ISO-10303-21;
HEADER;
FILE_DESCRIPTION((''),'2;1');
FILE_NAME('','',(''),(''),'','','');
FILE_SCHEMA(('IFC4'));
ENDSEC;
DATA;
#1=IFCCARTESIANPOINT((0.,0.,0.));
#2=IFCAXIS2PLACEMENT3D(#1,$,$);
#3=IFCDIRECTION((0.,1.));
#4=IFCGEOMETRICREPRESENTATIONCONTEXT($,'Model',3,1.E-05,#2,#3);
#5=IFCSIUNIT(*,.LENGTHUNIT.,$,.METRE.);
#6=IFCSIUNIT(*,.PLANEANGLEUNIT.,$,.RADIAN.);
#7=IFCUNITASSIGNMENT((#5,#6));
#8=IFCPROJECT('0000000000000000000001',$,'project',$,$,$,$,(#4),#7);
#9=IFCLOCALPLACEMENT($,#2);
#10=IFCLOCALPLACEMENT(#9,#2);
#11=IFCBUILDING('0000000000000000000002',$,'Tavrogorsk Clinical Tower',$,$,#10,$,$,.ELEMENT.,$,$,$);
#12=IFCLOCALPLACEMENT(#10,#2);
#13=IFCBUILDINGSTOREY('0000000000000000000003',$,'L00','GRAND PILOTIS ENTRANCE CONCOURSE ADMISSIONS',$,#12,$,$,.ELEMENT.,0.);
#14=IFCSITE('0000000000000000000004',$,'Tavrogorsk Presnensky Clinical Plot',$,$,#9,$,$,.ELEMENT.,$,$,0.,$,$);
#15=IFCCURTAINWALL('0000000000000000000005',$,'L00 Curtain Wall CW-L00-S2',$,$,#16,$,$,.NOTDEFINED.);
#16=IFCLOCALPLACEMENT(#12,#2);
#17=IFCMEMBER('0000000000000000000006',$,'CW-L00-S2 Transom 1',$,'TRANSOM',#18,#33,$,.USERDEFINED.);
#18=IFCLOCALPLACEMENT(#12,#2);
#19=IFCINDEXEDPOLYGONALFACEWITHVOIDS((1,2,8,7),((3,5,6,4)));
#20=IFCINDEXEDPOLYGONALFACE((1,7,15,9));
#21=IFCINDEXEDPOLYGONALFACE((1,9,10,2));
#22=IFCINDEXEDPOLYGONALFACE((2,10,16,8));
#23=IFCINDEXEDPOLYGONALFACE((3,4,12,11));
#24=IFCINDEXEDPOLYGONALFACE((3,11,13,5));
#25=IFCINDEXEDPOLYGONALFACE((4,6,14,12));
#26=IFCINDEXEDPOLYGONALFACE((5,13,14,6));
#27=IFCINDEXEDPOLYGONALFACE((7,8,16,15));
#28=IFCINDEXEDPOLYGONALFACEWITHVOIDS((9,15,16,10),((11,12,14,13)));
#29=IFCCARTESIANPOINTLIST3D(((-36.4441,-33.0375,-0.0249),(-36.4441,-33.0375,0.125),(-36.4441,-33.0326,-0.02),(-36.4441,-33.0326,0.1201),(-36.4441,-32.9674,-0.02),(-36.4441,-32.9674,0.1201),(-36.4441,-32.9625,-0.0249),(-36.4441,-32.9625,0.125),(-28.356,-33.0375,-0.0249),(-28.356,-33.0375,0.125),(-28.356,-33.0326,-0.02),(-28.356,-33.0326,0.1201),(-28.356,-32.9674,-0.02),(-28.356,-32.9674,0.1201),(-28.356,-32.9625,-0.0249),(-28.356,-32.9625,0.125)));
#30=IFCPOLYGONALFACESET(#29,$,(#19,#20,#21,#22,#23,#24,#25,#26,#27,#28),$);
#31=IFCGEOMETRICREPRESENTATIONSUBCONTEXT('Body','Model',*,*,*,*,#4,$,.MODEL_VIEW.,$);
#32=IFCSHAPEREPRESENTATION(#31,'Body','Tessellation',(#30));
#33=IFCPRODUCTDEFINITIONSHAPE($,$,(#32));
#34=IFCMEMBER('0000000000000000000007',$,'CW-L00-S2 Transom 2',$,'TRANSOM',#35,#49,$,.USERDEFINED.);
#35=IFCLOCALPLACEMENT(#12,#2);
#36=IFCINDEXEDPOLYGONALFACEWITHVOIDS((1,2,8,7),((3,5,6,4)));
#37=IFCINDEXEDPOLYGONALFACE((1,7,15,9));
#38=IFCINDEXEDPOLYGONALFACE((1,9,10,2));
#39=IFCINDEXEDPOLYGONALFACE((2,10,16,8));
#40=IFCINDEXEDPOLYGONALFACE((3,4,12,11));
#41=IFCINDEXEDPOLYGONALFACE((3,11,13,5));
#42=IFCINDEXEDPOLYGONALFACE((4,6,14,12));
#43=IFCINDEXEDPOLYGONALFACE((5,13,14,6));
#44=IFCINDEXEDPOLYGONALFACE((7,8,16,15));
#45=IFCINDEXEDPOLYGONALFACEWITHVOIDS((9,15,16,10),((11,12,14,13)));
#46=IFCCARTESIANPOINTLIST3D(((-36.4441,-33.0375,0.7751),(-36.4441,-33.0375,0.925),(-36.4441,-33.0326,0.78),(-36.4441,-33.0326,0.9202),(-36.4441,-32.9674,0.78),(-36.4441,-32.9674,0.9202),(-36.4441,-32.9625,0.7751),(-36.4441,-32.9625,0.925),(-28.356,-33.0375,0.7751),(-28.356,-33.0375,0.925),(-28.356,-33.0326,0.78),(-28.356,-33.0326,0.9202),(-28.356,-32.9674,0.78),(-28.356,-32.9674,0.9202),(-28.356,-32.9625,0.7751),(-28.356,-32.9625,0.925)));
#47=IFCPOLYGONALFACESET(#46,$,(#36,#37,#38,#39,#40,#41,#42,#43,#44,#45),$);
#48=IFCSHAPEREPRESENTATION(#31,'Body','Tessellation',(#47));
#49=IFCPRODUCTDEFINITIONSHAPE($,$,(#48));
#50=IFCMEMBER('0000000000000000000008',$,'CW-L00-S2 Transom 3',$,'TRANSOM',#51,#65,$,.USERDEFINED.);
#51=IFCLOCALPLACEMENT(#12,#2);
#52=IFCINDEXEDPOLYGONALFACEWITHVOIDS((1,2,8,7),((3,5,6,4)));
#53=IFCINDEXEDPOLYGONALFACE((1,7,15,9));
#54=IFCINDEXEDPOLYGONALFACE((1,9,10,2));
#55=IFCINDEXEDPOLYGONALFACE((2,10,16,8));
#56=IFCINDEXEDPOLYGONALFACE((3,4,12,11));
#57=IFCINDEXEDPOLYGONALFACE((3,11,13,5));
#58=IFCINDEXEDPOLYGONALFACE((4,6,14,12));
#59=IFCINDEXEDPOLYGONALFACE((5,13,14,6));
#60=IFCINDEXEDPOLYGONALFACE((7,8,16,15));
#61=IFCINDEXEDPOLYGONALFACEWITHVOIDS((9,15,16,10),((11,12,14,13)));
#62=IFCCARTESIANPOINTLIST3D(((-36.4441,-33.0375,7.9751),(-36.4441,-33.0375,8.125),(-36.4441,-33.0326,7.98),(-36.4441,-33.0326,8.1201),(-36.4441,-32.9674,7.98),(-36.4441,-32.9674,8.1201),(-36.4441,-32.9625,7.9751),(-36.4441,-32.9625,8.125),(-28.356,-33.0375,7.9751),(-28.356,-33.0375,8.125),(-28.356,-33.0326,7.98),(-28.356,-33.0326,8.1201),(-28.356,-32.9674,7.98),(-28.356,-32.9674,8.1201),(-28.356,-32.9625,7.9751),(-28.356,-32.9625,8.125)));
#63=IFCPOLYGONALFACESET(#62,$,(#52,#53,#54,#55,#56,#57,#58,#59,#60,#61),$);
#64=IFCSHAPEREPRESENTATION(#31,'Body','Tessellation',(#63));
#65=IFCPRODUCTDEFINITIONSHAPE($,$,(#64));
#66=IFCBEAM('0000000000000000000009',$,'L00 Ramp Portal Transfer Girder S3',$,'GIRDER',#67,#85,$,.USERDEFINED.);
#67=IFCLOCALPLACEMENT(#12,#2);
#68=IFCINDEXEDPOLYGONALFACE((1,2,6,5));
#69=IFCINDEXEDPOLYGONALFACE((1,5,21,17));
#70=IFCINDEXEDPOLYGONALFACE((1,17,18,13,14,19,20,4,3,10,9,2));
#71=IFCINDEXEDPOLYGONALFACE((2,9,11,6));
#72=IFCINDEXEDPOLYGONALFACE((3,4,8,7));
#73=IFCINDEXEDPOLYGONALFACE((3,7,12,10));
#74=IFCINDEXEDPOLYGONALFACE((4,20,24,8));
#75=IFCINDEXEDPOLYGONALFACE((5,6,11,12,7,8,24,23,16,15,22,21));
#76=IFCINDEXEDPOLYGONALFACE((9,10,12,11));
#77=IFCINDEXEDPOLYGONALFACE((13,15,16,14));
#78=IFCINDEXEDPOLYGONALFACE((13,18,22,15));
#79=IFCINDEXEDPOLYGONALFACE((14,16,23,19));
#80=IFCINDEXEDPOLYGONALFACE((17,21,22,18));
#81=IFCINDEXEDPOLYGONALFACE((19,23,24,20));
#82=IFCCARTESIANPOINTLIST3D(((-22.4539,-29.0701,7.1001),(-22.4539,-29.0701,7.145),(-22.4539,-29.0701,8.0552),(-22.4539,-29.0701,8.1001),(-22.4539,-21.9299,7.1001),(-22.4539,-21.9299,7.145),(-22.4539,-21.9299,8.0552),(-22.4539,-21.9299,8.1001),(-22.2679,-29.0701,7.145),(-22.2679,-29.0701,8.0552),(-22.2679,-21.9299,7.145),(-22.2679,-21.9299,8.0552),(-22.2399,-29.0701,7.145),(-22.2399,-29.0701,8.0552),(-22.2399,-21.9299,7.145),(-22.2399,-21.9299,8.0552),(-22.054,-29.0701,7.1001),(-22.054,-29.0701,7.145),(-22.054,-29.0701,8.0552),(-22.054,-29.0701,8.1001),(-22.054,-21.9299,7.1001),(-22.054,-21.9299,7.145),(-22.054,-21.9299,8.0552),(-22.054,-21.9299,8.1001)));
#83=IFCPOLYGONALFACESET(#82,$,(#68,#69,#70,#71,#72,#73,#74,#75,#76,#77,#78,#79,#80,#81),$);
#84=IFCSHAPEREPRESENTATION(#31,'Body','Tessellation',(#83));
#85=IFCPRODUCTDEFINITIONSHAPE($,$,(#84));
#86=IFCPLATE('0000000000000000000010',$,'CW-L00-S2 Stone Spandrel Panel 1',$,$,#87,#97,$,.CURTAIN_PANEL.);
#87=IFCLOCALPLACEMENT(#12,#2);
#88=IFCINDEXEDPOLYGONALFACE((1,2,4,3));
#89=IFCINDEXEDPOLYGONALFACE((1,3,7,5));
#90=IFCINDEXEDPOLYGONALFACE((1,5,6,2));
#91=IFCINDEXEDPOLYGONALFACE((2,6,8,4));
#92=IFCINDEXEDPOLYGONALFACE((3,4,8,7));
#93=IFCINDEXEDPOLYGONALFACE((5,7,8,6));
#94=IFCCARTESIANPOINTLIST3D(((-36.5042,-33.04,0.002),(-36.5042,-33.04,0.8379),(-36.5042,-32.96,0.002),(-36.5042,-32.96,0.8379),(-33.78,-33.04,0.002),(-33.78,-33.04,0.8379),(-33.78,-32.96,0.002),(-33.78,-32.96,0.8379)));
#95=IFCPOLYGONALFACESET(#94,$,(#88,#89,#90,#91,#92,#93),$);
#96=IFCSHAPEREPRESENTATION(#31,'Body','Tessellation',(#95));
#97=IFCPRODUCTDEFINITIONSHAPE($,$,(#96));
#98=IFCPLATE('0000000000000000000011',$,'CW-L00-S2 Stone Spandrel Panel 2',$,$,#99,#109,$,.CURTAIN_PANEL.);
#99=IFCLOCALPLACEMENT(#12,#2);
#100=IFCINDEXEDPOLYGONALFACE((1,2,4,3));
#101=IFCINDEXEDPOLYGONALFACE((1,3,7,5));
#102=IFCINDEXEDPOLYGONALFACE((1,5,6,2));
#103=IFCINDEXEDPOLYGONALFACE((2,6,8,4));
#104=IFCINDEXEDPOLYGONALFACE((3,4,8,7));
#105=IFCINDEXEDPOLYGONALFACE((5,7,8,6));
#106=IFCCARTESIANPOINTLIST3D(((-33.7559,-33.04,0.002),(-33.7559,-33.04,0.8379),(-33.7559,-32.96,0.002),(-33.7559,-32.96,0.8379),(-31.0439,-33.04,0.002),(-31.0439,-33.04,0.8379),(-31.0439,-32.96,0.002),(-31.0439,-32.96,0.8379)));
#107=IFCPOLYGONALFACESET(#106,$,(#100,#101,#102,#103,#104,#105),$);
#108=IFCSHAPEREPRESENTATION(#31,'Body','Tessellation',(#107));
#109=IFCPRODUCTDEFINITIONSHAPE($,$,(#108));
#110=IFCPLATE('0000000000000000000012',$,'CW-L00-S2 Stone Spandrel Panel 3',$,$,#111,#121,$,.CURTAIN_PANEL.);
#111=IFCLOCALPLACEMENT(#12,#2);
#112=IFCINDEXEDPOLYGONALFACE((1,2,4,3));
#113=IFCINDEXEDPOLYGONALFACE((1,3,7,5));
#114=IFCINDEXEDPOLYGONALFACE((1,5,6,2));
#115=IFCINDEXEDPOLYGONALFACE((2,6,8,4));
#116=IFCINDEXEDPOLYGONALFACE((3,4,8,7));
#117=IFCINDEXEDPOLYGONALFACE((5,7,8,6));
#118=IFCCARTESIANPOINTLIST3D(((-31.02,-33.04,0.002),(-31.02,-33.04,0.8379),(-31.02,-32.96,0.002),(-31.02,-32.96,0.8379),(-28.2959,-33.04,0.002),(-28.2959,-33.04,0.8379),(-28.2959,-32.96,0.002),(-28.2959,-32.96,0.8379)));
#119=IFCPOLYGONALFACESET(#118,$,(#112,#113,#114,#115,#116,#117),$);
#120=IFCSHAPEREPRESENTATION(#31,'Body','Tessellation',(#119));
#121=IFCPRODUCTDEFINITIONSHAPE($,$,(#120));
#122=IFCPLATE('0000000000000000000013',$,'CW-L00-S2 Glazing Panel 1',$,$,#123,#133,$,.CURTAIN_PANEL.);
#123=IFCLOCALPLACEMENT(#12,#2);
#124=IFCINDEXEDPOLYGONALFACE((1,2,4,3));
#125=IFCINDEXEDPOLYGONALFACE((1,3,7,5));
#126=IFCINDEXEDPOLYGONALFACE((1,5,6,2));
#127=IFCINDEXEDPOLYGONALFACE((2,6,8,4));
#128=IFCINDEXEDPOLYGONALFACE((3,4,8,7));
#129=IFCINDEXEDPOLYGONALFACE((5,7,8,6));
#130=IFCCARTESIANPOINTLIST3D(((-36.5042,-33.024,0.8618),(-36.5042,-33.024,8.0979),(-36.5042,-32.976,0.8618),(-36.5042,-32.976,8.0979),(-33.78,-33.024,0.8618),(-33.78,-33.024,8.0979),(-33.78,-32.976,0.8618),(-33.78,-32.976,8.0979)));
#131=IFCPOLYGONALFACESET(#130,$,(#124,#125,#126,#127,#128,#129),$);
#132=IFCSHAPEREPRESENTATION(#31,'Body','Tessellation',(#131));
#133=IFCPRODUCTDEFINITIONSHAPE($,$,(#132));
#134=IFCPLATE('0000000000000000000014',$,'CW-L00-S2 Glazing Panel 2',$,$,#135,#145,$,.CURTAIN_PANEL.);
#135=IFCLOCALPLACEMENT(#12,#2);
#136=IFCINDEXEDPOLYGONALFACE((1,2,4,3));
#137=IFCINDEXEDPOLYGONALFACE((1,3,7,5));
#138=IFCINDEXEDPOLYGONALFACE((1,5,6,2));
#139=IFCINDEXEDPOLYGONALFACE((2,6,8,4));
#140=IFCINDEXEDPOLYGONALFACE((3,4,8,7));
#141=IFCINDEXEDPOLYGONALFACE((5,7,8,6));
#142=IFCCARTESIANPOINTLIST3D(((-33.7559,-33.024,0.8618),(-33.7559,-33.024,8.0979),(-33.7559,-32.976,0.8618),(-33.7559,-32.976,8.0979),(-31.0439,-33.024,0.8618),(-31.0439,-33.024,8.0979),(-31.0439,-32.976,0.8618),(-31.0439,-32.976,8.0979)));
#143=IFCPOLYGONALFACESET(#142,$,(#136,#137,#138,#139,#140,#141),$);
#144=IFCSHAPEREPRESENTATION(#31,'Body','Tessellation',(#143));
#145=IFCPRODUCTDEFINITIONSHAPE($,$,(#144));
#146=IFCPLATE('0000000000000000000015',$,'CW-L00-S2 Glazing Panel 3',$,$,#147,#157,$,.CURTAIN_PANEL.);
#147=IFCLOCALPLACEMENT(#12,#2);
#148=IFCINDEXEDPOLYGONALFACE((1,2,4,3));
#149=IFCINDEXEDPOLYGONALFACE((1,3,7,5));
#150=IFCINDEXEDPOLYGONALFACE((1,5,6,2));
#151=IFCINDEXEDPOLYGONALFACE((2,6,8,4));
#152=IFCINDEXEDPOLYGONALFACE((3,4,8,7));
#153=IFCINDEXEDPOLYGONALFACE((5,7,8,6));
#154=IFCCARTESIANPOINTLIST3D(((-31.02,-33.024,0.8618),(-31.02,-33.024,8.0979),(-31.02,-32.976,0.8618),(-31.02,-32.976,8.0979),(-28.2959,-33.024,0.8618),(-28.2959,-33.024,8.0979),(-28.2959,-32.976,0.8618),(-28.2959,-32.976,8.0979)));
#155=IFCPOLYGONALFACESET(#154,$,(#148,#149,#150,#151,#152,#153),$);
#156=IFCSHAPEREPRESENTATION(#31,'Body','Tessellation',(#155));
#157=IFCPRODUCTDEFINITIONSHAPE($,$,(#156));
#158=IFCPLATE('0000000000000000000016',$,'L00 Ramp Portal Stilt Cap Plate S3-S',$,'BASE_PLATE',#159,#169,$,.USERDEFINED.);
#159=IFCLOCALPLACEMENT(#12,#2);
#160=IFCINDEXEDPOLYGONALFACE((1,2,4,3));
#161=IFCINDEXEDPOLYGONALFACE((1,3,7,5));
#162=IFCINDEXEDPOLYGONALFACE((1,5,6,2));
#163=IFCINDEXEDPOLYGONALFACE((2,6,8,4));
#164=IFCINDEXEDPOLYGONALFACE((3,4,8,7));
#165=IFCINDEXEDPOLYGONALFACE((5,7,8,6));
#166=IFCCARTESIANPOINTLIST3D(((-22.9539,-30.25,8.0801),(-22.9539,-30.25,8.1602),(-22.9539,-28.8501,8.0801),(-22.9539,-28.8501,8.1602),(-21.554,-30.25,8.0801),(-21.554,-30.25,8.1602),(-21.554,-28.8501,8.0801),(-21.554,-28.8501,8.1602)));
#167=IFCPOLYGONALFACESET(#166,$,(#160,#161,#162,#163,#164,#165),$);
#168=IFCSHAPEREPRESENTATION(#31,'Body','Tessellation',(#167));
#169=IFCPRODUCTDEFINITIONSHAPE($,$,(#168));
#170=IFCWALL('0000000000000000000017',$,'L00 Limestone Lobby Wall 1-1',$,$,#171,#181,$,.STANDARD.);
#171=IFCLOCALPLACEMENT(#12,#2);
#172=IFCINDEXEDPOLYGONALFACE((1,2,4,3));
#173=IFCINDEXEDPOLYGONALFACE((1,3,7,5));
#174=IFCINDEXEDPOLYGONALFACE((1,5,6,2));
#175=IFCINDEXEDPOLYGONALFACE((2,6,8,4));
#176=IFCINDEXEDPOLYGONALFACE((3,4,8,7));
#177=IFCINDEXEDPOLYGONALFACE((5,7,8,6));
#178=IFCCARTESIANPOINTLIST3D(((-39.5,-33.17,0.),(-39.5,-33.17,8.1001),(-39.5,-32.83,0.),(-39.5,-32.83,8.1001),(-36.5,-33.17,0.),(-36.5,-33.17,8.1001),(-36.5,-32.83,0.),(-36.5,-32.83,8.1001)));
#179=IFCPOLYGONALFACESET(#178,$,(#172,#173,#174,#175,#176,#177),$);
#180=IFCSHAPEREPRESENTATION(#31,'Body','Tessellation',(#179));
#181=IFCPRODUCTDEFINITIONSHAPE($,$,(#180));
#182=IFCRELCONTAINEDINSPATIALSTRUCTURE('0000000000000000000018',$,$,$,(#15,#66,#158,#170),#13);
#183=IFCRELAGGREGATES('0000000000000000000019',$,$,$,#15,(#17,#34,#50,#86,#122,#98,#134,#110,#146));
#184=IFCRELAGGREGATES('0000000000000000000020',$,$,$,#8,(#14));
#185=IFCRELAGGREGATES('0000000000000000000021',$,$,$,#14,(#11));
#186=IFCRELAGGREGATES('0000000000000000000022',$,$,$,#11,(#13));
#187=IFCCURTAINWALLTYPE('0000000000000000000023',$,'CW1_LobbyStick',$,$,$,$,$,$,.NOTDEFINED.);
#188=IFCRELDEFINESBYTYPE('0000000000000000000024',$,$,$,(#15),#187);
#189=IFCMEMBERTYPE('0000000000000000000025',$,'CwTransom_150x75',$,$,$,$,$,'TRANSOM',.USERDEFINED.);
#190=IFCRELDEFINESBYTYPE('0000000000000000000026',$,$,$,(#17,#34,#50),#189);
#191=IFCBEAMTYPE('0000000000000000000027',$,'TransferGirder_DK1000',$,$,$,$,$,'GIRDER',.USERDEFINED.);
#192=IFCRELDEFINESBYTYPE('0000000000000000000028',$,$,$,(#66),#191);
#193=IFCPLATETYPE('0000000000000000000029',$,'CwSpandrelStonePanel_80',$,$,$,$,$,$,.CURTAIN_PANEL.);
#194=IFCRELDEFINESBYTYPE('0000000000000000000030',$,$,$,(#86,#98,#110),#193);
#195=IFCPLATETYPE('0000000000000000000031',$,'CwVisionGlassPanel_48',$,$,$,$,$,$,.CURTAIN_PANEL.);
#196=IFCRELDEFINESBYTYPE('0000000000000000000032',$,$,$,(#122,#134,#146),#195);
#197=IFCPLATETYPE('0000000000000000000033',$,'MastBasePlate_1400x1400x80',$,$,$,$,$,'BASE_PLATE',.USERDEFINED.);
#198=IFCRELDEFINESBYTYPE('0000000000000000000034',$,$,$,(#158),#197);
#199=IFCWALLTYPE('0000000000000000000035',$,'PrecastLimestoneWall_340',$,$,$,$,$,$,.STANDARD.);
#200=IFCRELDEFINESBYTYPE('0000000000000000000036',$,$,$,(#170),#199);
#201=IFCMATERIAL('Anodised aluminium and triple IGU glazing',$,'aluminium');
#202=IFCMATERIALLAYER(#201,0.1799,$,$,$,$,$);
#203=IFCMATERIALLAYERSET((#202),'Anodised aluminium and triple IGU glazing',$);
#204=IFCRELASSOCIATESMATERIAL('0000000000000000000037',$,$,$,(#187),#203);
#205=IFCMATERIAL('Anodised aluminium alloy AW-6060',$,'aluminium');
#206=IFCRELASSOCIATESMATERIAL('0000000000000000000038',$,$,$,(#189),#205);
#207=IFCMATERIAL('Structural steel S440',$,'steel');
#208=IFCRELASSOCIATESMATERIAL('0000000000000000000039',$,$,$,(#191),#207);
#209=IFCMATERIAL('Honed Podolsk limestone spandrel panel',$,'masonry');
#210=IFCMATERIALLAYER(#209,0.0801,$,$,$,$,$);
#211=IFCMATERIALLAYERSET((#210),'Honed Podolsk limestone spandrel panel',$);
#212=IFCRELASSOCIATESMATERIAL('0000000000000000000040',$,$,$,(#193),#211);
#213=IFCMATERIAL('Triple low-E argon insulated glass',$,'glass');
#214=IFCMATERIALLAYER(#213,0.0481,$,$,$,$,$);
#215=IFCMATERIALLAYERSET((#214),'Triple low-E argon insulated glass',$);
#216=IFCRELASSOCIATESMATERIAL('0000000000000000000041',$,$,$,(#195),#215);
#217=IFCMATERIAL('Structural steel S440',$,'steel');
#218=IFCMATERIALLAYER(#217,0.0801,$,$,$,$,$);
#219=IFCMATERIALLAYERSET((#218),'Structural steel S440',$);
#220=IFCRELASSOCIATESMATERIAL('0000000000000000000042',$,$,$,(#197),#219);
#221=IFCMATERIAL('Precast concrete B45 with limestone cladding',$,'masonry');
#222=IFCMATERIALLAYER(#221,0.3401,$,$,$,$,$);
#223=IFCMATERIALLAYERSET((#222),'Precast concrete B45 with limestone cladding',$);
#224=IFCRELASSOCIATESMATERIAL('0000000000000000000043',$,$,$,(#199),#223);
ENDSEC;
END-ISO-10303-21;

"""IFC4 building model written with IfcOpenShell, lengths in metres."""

from ifc_helpers import new_model, si_unit, direction, frame, frame_2d, origin, origin_2d, place, context, subcontext, project, spatial, rectangle, hollow_rectangle, i_section, extrude, material, layer, layer_set, material_profile, profile_set, type_object, element, aggregate, save


model = new_model("IFC4")

# Units and contexts
model_context = context("Model", 3, precision=1e-05, world=origin(), true_north=direction((0.0, 1.0)))
body_context = subcontext(model_context, "Body", "Model", "MODEL_VIEW")
ifc_project = project(units=[si_unit("LENGTHUNIT", "METRE"), si_unit("PLANEANGLEUNIT", "RADIAN")], contexts=[model_context])

# Site, building, storey
site_placement = place(None, origin())
site = spatial("IfcSite", under=ifc_project, at=site_placement, Name="Tavrogorsk Presnensky Clinical Plot", CompositionType="ELEMENT", RefElevation=0.0)
building_placement = place(site_placement, origin())
building = spatial("IfcBuilding", under=site, at=building_placement, Name="Tavrogorsk Clinical Tower", CompositionType="ELEMENT")
storey_placement = place(building_placement, origin())
storey = spatial("IfcBuildingStorey", under=building, at=storey_placement, Name="L00", Description="GRAND PILOTIS ENTRANCE CONCOURSE ADMISSIONS", CompositionType="ELEMENT", Elevation=0.0)

# Curtain wall, members
ifc_material_1 = material(Name="Anodised aluminium and triple IGU glazing", Category="aluminium")
ifc_layer_1 = layer(ifc_material_1, 0.1799)
ifc_layer_set_1 = layer_set([ifc_layer_1], Name="Anodised aluminium and triple IGU glazing")
curtain_wall_type = type_object("IfcCurtainWallType", Name="CW1_LobbyStick", PredefinedType="NOTDEFINED", material=ifc_layer_set_1)
curtain_wall_placement = place(storey_placement, origin())
curtain_wall = element("IfcCurtainWall", 1, at=curtain_wall_placement, inside=storey, type_object=curtain_wall_type, Name="L00 Curtain Wall CW-L00-S2", PredefinedType="NOTDEFINED")
ifc_material_2 = material(Name="Anodised aluminium alloy AW-6060", Category="aluminium")
ifc_material_profile_1 = material_profile(ifc_material_2, hollow_rectangle(XDim=0.075, YDim=0.1499, WallThickness=0.0049, at=origin_2d()), Name="RHS-150x75x5")
ifc_profile_set_1 = profile_set([ifc_material_profile_1], Name="Anodised aluminium alloy AW-6060")
member_type_1 = type_object("IfcMemberType", Name="CwTransom_150x75", ElementType="TRANSOM", PredefinedType="USERDEFINED", material=ifc_profile_set_1)
member_1_placement = place(storey_placement, frame((-36.4441, -33.0, 0.05), z_axis=(1.0, 0.0, 0.0), x_axis=(0.0, 1.0, 0.0)))
member_1 = element("IfcMember", 2, at=member_1_placement, type_object=member_type_1, Name="CW-L00-S2 Transom 1", ObjectType="TRANSOM", PredefinedType="USERDEFINED", context=body_context, shape_type="SweptSolid", body=[
    extrude(hollow_rectangle(XDim=0.075, YDim=0.1499, WallThickness=0.0049, at=origin_2d()), origin(), (0.0, 0.0, 1.0), 8.0881),
])
member_2_placement = place(storey_placement, frame((-36.4441, -33.0, 0.8501), z_axis=(1.0, 0.0, 0.0), x_axis=(0.0, 1.0, 0.0)))
member_2 = element("IfcMember", 3, at=member_2_placement, type_object=member_type_1, Name="CW-L00-S2 Transom 2", ObjectType="TRANSOM", PredefinedType="USERDEFINED", context=body_context, shape_type="SweptSolid", body=[
    extrude(hollow_rectangle(XDim=0.075, YDim=0.1499, WallThickness=0.0049, at=origin_2d()), origin(), (0.0, 0.0, 1.0), 8.0881),
])
member_3_placement = place(storey_placement, frame((-36.4441, -33.0, 8.05), z_axis=(1.0, 0.0, 0.0), x_axis=(0.0, 1.0, 0.0)))
member_3 = element("IfcMember", 4, at=member_3_placement, type_object=member_type_1, Name="CW-L00-S2 Transom 3", ObjectType="TRANSOM", PredefinedType="USERDEFINED", context=body_context, shape_type="SweptSolid", body=[
    extrude(hollow_rectangle(XDim=0.075, YDim=0.1499, WallThickness=0.0049, at=origin_2d()), origin(), (0.0, 0.0, 1.0), 8.0881),
])

# Beam
ifc_material_3 = material(Name="Structural steel S440", Category="steel")
ifc_material_profile_2 = material_profile(ifc_material_3, i_section(OverallWidth=0.3999, OverallDepth=1.0, WebThickness=0.0281, FlangeThickness=0.0449, at=origin_2d()), Name="DK-1000x400x28x45")
ifc_profile_set_2 = profile_set([ifc_material_profile_2], Name="Structural steel S440")
beam_type_1 = type_object("IfcBeamType", Name="TransferGirder_DK1000", ElementType="GIRDER", PredefinedType="USERDEFINED", material=ifc_profile_set_2)
beam_1_placement = place(storey_placement, frame((-22.2539, -29.0701, 7.6001), z_axis=(0.0, 1.0, 0.0), x_axis=(-1.0, 0.0, 0.0)))
element("IfcBeam", 5, at=beam_1_placement, inside=storey, type_object=beam_type_1, Name="L00 Ramp Portal Transfer Girder S3", ObjectType="GIRDER", PredefinedType="USERDEFINED", context=body_context, shape_type="SweptSolid", body=[
    extrude(i_section(OverallWidth=0.3999, OverallDepth=1.0, WebThickness=0.0281, FlangeThickness=0.0449, at=origin_2d()), origin(), (0.0, 0.0, 1.0), 7.1401),
])

# Plates
ifc_material_4 = material(Name="Honed Podolsk limestone spandrel panel", Category="masonry")
ifc_layer_2 = layer(ifc_material_4, 0.0801)
ifc_layer_set_2 = layer_set([ifc_layer_2], Name="Honed Podolsk limestone spandrel panel")
plate_type_1 = type_object("IfcPlateType", Name="CwSpandrelStonePanel_80", PredefinedType="CURTAIN_PANEL", material=ifc_layer_set_2)
plate_1_placement = place(storey_placement, frame((-35.1421, -33.0, 0.002), z_axis=(0.0, 0.0, 1.0), x_axis=(1.0, 0.0, 0.0)))
plate_1 = element("IfcPlate", 6, at=plate_1_placement, type_object=plate_type_1, Name="CW-L00-S2 Stone Spandrel Panel 1", PredefinedType="CURTAIN_PANEL", context=body_context, shape_type="SweptSolid", body=[
    extrude(rectangle(XDim=2.7241, YDim=0.0801, at=origin_2d()), origin(), (0.0, 0.0, 1.0), 0.8359),
])
plate_2_placement = place(storey_placement, frame((-32.3999, -33.0, 0.002), z_axis=(0.0, 0.0, 1.0), x_axis=(1.0, 0.0, 0.0)))
plate_2 = element("IfcPlate", 7, at=plate_2_placement, type_object=plate_type_1, Name="CW-L00-S2 Stone Spandrel Panel 2", PredefinedType="CURTAIN_PANEL", context=body_context, shape_type="SweptSolid", body=[
    extrude(rectangle(XDim=2.7119, YDim=0.0801, at=origin_2d()), origin(), (0.0, 0.0, 1.0), 0.8359),
])
plate_3_placement = place(storey_placement, frame((-29.658, -33.0, 0.002), z_axis=(0.0, 0.0, 1.0), x_axis=(1.0, 0.0, 0.0)))
plate_3 = element("IfcPlate", 8, at=plate_3_placement, type_object=plate_type_1, Name="CW-L00-S2 Stone Spandrel Panel 3", PredefinedType="CURTAIN_PANEL", context=body_context, shape_type="SweptSolid", body=[
    extrude(rectangle(XDim=2.7241, YDim=0.0801, at=origin_2d()), origin(), (0.0, 0.0, 1.0), 0.8359),
])
ifc_material_5 = material(Name="Triple low-E argon insulated glass", Category="glass")
ifc_layer_3 = layer(ifc_material_5, 0.0481)
ifc_layer_set_3 = layer_set([ifc_layer_3], Name="Triple low-E argon insulated glass")
plate_type_2 = type_object("IfcPlateType", Name="CwVisionGlassPanel_48", PredefinedType="CURTAIN_PANEL", material=ifc_layer_set_3)
plate_4_placement = place(storey_placement, frame((-35.1421, -33.0, 0.8618), z_axis=(0.0, 0.0, 1.0), x_axis=(1.0, 0.0, 0.0)))
plate_4 = element("IfcPlate", 9, at=plate_4_placement, type_object=plate_type_2, Name="CW-L00-S2 Glazing Panel 1", PredefinedType="CURTAIN_PANEL", context=body_context, shape_type="SweptSolid", body=[
    extrude(rectangle(XDim=2.7241, YDim=0.0481, at=origin_2d()), origin(), (0.0, 0.0, 1.0), 7.2361),
])
plate_5_placement = place(storey_placement, frame((-32.3999, -33.0, 0.8618), z_axis=(0.0, 0.0, 1.0), x_axis=(1.0, 0.0, 0.0)))
plate_5 = element("IfcPlate", 10, at=plate_5_placement, type_object=plate_type_2, Name="CW-L00-S2 Glazing Panel 2", PredefinedType="CURTAIN_PANEL", context=body_context, shape_type="SweptSolid", body=[
    extrude(rectangle(XDim=2.7119, YDim=0.0481, at=origin_2d()), origin(), (0.0, 0.0, 1.0), 7.2361),
])
plate_6_placement = place(storey_placement, frame((-29.658, -33.0, 0.8618), z_axis=(0.0, 0.0, 1.0), x_axis=(1.0, 0.0, 0.0)))
plate_6 = element("IfcPlate", 11, at=plate_6_placement, type_object=plate_type_2, Name="CW-L00-S2 Glazing Panel 3", PredefinedType="CURTAIN_PANEL", context=body_context, shape_type="SweptSolid", body=[
    extrude(rectangle(XDim=2.7241, YDim=0.0481, at=origin_2d()), origin(), (0.0, 0.0, 1.0), 7.2361),
])
aggregate(curtain_wall, [member_1, member_2, member_3, plate_1, plate_4, plate_2, plate_5, plate_3, plate_6])
ifc_material_6 = material(Name="Structural steel S440", Category="steel")
ifc_layer_4 = layer(ifc_material_6, 0.0801)
ifc_layer_set_4 = layer_set([ifc_layer_4], Name="Structural steel S440")
plate_type_3 = type_object("IfcPlateType", Name="MastBasePlate_1400x1400x80", ElementType="BASE_PLATE", PredefinedType="USERDEFINED", material=ifc_layer_set_4)
plate_7_placement = place(storey_placement, frame((-22.2539, -29.55, 8.0801), z_axis=(0.0, 0.0, 1.0), x_axis=(1.0, 0.0, 0.0)))
element("IfcPlate", 12, at=plate_7_placement, inside=storey, type_object=plate_type_3, Name="L00 Ramp Portal Stilt Cap Plate S3-S", ObjectType="BASE_PLATE", PredefinedType="USERDEFINED", context=body_context, shape_type="SweptSolid", body=[
    extrude(rectangle(XDim=1.3999, YDim=1.3999, at=origin_2d()), origin(), (0.0, 0.0, 1.0), 0.0801),
])

# Wall
ifc_material_7 = material(Name="Precast concrete B45 with limestone cladding", Category="masonry")
ifc_layer_5 = layer(ifc_material_7, 0.3401)
ifc_layer_set_5 = layer_set([ifc_layer_5], Name="Precast concrete B45 with limestone cladding")
wall_type = type_object("IfcWallType", Name="PrecastLimestoneWall_340", PredefinedType="STANDARD", material=ifc_layer_set_5)
wall_1_placement = place(storey_placement, frame((-39.5, -33.0, 0.0), z_axis=(0.0, 0.0, 1.0), x_axis=(1.0, 0.0, 0.0)))
element("IfcWall", 13, at=wall_1_placement, inside=storey, type_object=wall_type, Name="L00 Limestone Lobby Wall 1-1", PredefinedType="STANDARD", context=body_context, shape_type="SweptSolid", body=[
    extrude(rectangle(XDim=3.0, YDim=0.3401, at=frame_2d((1.5, 0.0))), origin(), (0.0, 0.0, 1.0), 8.1001),
])

save(model, "model.ifc")
